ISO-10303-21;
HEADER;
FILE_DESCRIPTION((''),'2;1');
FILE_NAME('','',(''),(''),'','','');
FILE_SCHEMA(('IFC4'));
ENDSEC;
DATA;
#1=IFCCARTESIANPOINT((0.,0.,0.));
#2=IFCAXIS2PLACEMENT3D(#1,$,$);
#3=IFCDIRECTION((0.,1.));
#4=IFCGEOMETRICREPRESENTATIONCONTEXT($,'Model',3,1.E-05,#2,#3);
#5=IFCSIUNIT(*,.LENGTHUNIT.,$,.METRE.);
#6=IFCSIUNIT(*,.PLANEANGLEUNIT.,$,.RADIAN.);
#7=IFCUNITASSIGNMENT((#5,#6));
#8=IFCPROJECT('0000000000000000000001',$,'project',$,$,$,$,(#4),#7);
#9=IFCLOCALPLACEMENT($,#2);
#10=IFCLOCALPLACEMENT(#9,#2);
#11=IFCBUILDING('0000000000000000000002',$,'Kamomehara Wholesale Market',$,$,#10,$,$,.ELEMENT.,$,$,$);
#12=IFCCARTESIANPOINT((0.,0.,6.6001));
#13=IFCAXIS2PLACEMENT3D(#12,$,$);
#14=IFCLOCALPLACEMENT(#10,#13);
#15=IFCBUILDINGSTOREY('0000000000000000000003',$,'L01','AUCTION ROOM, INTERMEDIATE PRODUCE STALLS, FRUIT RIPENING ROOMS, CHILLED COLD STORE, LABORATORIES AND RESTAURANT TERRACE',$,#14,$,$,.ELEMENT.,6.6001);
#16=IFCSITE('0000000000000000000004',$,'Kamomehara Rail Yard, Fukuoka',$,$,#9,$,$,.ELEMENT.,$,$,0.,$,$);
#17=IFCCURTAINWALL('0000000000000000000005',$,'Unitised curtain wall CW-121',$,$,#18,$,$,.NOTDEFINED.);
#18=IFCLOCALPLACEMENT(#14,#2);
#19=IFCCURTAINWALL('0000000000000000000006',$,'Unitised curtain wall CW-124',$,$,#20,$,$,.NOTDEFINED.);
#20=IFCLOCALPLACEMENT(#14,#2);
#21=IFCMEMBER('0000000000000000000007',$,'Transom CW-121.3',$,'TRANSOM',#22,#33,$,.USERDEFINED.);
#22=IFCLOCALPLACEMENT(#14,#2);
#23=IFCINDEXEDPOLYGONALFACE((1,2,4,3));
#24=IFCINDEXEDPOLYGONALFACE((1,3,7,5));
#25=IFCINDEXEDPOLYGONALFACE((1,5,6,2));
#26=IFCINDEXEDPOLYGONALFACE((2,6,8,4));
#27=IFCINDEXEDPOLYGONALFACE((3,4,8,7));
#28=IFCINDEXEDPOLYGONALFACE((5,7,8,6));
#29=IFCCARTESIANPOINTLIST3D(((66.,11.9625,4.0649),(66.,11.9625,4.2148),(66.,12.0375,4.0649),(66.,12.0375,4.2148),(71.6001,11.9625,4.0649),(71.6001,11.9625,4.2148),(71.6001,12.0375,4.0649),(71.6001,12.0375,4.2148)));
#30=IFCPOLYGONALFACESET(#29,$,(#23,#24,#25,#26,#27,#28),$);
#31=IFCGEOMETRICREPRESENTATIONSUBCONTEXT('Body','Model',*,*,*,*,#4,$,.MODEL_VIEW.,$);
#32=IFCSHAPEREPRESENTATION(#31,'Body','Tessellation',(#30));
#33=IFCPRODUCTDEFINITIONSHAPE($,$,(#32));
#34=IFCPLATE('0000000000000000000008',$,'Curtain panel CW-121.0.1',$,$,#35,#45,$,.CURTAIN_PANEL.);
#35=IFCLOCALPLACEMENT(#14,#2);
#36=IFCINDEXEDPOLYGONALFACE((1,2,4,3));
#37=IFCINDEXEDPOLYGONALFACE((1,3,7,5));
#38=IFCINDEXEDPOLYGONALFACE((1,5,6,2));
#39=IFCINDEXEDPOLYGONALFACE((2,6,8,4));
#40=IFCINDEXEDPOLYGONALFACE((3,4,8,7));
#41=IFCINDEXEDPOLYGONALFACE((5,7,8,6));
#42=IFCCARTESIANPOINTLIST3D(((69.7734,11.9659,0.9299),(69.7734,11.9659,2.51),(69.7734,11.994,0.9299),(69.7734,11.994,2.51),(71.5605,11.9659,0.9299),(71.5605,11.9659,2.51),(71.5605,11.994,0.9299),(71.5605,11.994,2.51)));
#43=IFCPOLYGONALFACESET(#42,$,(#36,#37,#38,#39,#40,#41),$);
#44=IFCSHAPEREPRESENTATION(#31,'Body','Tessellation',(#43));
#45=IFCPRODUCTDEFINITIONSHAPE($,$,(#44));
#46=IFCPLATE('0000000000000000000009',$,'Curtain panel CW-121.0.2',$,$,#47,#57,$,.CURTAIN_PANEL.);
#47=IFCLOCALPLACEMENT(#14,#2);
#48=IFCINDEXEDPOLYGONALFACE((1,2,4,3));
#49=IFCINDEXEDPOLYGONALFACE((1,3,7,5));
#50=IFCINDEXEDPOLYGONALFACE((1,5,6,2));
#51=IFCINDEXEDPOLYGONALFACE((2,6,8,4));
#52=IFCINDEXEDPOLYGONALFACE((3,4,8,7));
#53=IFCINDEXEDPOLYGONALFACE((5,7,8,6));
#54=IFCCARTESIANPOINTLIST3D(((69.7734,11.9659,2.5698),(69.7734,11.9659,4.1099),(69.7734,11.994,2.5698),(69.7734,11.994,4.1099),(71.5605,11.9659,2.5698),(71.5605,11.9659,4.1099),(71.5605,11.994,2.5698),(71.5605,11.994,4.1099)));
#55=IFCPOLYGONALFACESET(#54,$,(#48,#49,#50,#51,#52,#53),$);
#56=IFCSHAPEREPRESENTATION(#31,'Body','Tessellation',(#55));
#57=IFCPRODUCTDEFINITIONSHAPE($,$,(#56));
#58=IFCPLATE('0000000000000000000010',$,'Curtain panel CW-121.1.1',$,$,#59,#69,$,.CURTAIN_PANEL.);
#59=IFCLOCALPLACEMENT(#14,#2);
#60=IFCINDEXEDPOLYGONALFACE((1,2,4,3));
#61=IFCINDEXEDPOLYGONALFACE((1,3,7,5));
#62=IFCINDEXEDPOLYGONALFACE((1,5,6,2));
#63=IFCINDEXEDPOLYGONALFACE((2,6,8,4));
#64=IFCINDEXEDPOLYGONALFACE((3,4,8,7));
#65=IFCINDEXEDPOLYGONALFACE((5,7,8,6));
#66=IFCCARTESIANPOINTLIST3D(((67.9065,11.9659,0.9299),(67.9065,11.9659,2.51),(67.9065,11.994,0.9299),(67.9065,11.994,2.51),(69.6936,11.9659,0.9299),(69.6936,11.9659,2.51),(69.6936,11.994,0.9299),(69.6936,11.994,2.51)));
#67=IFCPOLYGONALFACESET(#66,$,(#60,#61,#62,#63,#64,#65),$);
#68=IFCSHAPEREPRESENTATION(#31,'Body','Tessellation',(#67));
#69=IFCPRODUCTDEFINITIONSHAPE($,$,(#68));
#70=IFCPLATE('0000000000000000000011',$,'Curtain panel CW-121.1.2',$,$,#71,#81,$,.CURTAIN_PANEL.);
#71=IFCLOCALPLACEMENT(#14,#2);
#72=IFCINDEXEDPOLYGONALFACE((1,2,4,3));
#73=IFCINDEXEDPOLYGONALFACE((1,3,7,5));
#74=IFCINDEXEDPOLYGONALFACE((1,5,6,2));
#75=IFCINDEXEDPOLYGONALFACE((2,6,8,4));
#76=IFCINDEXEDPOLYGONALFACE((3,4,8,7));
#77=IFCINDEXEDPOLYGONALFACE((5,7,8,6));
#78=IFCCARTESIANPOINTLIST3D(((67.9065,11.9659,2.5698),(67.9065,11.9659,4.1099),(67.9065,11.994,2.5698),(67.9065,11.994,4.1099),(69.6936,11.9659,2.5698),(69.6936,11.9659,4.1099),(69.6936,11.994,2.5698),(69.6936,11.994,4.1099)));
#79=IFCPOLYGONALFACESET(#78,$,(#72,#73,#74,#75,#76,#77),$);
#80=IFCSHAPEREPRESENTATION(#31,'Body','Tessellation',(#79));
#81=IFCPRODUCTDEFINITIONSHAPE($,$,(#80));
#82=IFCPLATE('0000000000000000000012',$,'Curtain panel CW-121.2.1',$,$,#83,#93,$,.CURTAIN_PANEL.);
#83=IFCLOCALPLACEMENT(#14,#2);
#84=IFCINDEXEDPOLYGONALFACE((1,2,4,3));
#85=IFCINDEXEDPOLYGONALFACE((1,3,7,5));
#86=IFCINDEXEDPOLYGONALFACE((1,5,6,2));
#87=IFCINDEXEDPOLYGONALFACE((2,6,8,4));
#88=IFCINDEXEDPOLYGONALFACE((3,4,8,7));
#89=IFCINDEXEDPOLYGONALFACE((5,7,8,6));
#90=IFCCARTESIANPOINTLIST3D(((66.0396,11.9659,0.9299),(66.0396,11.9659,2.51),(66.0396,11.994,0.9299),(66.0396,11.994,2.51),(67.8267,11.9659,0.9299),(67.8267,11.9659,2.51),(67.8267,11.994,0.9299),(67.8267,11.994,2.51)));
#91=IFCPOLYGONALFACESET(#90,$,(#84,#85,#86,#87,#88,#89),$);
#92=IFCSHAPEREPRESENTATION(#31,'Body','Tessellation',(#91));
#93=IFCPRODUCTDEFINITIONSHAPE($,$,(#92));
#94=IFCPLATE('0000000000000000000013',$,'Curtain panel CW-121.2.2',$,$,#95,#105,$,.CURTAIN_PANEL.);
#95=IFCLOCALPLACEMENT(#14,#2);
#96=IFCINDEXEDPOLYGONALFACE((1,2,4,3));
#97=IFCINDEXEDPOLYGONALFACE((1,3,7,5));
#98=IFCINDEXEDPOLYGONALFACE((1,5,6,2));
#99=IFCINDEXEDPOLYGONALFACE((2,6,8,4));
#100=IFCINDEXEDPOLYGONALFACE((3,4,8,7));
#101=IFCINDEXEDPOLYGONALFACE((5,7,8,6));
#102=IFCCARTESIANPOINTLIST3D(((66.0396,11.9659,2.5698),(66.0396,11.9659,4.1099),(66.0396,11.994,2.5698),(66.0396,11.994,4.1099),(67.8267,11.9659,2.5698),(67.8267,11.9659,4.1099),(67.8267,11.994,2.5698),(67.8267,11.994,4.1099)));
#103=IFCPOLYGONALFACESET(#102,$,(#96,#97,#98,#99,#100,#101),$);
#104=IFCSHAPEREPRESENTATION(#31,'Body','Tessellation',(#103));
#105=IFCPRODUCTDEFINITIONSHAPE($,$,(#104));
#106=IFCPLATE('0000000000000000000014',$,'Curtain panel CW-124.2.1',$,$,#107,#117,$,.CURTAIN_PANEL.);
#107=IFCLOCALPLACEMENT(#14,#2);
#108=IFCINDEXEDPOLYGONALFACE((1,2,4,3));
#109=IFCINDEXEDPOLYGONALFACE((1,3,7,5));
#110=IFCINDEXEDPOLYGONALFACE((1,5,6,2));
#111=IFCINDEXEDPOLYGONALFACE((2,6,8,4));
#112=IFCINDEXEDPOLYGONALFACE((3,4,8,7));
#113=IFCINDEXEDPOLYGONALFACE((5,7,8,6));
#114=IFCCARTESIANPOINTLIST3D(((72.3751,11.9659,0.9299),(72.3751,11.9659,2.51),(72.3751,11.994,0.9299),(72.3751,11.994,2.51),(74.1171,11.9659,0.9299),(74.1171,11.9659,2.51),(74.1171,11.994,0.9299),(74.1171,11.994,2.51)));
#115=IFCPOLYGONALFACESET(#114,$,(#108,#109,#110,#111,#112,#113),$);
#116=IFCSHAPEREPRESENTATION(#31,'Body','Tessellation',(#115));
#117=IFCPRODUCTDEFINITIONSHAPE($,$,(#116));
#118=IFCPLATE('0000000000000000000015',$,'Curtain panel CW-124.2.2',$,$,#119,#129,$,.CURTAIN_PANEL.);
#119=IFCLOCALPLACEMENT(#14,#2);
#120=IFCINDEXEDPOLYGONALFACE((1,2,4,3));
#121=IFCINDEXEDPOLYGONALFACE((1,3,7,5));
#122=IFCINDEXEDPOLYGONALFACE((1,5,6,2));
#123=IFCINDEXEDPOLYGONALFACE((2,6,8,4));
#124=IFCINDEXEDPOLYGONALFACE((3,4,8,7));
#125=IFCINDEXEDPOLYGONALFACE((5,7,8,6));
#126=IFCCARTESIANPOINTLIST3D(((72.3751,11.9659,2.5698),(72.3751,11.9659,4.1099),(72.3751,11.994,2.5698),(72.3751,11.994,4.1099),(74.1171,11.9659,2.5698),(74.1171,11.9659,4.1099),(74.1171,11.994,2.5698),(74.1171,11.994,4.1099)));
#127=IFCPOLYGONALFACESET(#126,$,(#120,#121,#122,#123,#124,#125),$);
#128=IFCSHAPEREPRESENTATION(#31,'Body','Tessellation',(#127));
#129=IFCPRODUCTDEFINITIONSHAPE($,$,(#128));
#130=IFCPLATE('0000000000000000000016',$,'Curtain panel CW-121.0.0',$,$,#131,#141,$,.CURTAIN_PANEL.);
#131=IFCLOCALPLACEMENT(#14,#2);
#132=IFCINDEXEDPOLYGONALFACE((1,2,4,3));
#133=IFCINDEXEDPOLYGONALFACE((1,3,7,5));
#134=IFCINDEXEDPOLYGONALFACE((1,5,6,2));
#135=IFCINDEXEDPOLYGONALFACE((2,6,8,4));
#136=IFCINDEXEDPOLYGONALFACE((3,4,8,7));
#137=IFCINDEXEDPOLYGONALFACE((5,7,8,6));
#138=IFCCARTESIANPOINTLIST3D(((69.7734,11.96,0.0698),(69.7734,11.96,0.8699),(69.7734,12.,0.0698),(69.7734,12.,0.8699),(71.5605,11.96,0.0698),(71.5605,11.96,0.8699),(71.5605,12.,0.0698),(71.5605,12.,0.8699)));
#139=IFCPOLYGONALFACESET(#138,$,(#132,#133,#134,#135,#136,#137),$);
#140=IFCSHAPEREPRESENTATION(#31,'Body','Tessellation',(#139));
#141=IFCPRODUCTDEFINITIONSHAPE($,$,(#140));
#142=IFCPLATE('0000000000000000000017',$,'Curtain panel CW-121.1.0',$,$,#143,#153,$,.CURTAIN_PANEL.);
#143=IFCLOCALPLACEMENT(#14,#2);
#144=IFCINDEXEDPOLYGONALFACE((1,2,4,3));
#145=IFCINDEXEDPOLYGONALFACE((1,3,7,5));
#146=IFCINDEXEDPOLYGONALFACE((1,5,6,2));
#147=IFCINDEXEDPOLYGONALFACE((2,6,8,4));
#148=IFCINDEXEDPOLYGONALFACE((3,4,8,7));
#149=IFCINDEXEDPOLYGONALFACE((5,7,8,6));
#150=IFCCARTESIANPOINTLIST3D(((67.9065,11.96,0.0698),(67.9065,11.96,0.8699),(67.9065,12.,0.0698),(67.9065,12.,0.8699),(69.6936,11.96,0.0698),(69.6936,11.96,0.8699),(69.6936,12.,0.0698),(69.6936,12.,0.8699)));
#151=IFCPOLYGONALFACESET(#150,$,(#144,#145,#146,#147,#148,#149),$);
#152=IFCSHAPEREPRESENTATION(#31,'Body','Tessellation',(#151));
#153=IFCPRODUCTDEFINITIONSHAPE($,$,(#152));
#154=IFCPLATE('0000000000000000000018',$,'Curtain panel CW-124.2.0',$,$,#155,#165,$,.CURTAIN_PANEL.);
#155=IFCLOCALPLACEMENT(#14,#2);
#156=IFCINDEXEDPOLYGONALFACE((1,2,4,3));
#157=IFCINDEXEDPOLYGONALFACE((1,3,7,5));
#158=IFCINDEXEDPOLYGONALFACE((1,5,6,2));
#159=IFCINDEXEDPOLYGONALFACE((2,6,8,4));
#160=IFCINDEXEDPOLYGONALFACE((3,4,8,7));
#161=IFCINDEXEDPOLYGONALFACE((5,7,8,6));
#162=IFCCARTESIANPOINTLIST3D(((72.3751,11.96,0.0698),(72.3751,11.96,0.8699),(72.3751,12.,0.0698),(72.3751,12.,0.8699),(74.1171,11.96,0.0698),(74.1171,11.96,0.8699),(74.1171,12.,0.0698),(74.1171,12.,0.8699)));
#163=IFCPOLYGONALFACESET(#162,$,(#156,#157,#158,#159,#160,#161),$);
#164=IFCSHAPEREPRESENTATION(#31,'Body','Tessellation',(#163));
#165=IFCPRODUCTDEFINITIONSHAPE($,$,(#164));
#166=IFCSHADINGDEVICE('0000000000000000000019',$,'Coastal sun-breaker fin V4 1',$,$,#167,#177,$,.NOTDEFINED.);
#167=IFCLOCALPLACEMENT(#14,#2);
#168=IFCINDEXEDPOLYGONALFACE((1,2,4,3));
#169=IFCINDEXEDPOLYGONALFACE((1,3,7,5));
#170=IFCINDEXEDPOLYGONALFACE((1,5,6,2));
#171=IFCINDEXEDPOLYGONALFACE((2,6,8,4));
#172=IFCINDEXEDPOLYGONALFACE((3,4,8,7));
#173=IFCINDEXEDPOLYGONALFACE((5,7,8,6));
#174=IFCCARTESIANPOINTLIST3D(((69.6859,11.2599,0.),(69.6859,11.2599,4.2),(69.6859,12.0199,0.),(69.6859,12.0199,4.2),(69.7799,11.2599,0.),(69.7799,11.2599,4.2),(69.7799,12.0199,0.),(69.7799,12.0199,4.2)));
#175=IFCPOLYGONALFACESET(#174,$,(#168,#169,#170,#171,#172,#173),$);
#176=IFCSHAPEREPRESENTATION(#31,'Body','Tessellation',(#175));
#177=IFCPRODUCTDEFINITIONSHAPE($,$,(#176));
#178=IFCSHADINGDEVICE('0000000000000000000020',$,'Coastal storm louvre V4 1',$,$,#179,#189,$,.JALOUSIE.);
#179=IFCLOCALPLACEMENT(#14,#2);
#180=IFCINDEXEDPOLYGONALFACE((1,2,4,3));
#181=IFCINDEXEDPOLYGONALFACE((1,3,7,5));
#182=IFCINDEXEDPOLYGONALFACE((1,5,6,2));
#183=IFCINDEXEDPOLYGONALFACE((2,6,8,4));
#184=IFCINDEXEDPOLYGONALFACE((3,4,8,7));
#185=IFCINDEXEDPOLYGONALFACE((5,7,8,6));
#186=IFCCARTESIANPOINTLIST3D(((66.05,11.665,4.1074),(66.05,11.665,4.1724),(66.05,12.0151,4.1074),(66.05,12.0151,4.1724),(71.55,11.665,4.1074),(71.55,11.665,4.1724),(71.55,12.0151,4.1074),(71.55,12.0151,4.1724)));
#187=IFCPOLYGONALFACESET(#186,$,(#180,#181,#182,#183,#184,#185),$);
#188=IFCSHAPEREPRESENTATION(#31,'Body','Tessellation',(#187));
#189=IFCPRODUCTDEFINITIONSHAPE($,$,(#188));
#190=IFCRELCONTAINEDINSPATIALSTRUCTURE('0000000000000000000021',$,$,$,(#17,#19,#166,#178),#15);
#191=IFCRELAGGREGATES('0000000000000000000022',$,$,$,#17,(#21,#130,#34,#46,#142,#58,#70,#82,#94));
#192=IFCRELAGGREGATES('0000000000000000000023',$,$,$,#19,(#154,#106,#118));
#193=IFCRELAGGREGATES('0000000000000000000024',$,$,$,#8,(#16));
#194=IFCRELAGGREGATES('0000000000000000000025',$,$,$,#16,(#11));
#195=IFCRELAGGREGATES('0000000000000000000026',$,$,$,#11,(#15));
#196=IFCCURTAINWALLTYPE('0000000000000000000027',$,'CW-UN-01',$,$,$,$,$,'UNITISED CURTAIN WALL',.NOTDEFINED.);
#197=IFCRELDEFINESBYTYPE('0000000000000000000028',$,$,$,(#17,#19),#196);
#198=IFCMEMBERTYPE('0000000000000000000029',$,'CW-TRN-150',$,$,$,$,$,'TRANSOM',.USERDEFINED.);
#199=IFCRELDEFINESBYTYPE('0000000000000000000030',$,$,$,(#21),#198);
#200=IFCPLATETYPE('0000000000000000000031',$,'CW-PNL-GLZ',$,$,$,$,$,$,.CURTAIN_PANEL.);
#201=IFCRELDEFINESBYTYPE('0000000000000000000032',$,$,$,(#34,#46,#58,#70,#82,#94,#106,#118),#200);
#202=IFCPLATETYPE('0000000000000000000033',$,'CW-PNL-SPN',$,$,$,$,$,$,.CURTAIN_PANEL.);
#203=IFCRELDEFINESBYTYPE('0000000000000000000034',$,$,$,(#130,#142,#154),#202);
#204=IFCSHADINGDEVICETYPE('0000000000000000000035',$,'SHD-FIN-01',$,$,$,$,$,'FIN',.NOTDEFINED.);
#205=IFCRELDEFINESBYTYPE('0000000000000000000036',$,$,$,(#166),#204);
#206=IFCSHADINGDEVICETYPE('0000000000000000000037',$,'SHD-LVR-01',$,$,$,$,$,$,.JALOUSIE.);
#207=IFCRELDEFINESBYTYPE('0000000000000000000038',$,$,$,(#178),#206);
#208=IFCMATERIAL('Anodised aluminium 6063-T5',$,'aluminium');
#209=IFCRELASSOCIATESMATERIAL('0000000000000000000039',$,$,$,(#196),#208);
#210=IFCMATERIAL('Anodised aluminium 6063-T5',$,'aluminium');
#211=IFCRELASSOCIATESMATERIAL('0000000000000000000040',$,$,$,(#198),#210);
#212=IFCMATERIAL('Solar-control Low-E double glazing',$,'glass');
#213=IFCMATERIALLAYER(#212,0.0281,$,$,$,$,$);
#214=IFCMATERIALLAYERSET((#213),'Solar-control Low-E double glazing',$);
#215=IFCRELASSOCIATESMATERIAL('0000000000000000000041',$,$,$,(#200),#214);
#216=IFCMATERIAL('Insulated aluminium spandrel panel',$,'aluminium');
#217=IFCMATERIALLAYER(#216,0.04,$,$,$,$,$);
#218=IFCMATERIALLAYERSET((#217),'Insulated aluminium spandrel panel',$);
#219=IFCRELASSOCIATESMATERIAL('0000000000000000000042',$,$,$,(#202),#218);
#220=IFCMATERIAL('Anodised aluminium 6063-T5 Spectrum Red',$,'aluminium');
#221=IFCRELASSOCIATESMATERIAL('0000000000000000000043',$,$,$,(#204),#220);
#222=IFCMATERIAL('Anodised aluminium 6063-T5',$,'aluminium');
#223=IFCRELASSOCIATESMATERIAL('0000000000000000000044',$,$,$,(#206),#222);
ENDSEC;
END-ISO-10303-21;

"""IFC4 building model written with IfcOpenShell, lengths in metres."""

from ifc_helpers import new_model, si_unit, direction, frame, origin, origin_2d, place, context, subcontext, project, spatial, rectangle, extrude, material, layer, layer_set, material_profile, profile_set, type_object, element, aggregate, save


model = new_model("IFC4")

# Units and contexts
model_context = context("Model", 3, precision=1e-05, world=origin(), true_north=direction((0.0, 1.0)))
body_context = subcontext(model_context, "Body", "Model", "MODEL_VIEW")
ifc_project = project(units=[si_unit("LENGTHUNIT", "METRE"), si_unit("PLANEANGLEUNIT", "RADIAN")], contexts=[model_context])

# Site, building, storey
site_placement = place(None, origin())
site = spatial("IfcSite", under=ifc_project, at=site_placement, Name="Kamomehara Rail Yard, Fukuoka", CompositionType="ELEMENT", RefElevation=0.0)
building_placement = place(site_placement, origin())
building = spatial("IfcBuilding", under=site, at=building_placement, Name="Kamomehara Wholesale Market", CompositionType="ELEMENT")
storey_placement = place(building_placement, frame((0.0, 0.0, 6.6001)))
storey = spatial("IfcBuildingStorey", under=building, at=storey_placement, Name="L01", Description="AUCTION ROOM, INTERMEDIATE PRODUCE STALLS, FRUIT RIPENING ROOMS, CHILLED COLD STORE, LABORATORIES AND RESTAURANT TERRACE", CompositionType="ELEMENT", Elevation=6.6001)

# Curtain walls
ifc_material_1 = material(Name="Anodised aluminium 6063-T5", Category="aluminium")
curtain_wall_type = type_object("IfcCurtainWallType", Name="CW-UN-01", ElementType="UNITISED CURTAIN WALL", PredefinedType="NOTDEFINED", material=ifc_material_1)
curtain_wall_1_placement = place(storey_placement, origin())
curtain_wall_1 = element("IfcCurtainWall", 1, at=curtain_wall_1_placement, inside=storey, type_object=curtain_wall_type, Name="Unitised curtain wall CW-121", PredefinedType="NOTDEFINED")
curtain_wall_2_placement = place(storey_placement, origin())
curtain_wall_2 = element("IfcCurtainWall", 2, at=curtain_wall_2_placement, inside=storey, type_object=curtain_wall_type, Name="Unitised curtain wall CW-124", PredefinedType="NOTDEFINED")

# Member
ifc_material_2 = material(Name="Anodised aluminium 6063-T5", Category="aluminium")
ifc_material_profile_1 = material_profile(ifc_material_2, rectangle(XDim=0.075, YDim=0.1499, at=origin_2d()), Name="ALU-TRN-75x150")
ifc_profile_set_1 = profile_set([ifc_material_profile_1], Name="Anodised aluminium 6063-T5")
member_type_1 = type_object("IfcMemberType", Name="CW-TRN-150", ElementType="TRANSOM", PredefinedType="USERDEFINED", material=ifc_profile_set_1)
member_1_placement = place(storey_placement, frame((71.6001, 12.0, 4.1399), z_axis=(-1.0, 0.0, 0.0), x_axis=(0.0, -1.0, 0.0)))
member_1 = element("IfcMember", 3, at=member_1_placement, type_object=member_type_1, Name="Transom CW-121.3", ObjectType="TRANSOM", PredefinedType="USERDEFINED", context=body_context, shape_type="SweptSolid", body=[
    extrude(rectangle(XDim=0.075, YDim=0.1499, at=origin_2d()), origin(), (0.0, 0.0, 1.0), 5.6001),
])

# Plates
ifc_material_3 = material(Name="Solar-control Low-E double glazing", Category="glass")
ifc_layer_1 = layer(ifc_material_3, 0.0281)
ifc_layer_set_1 = layer_set([ifc_layer_1], Name="Solar-control Low-E double glazing")
plate_type_1 = type_object("IfcPlateType", Name="CW-PNL-GLZ", PredefinedType="CURTAIN_PANEL", material=ifc_layer_set_1)
plate_1_placement = place(storey_placement, frame((70.667, 11.98, 0.9299), z_axis=(0.0, 0.0, 1.0), x_axis=(-1.0, 0.0, 0.0)))
plate_1 = element("IfcPlate", 4, at=plate_1_placement, type_object=plate_type_1, Name="Curtain panel CW-121.0.1", PredefinedType="CURTAIN_PANEL", context=body_context, shape_type="SweptSolid", body=[
    extrude(rectangle(XDim=1.7871, YDim=0.0281, at=origin_2d()), origin(), (0.0, 0.0, 1.0), 1.5801),
])
plate_2_placement = place(storey_placement, frame((70.667, 11.98, 2.5698), z_axis=(0.0, 0.0, 1.0), x_axis=(-1.0, 0.0, 0.0)))
plate_2 = element("IfcPlate", 5, at=plate_2_placement, type_object=plate_type_1, Name="Curtain panel CW-121.0.2", PredefinedType="CURTAIN_PANEL", context=body_context, shape_type="SweptSolid", body=[
    extrude(rectangle(XDim=1.7871, YDim=0.0281, at=origin_2d()), origin(), (0.0, 0.0, 1.0), 1.54),
])
plate_3_placement = place(storey_placement, frame((68.8, 11.98, 0.9299), z_axis=(0.0, 0.0, 1.0), x_axis=(-1.0, 0.0, 0.0)))
plate_3 = element("IfcPlate", 6, at=plate_3_placement, type_object=plate_type_1, Name="Curtain panel CW-121.1.1", PredefinedType="CURTAIN_PANEL", context=body_context, shape_type="SweptSolid", body=[
    extrude(rectangle(XDim=1.7871, YDim=0.0281, at=origin_2d()), origin(), (0.0, 0.0, 1.0), 1.5801),
])
plate_4_placement = place(storey_placement, frame((68.8, 11.98, 2.5698), z_axis=(0.0, 0.0, 1.0), x_axis=(-1.0, 0.0, 0.0)))
plate_4 = element("IfcPlate", 7, at=plate_4_placement, type_object=plate_type_1, Name="Curtain panel CW-121.1.2", PredefinedType="CURTAIN_PANEL", context=body_context, shape_type="SweptSolid", body=[
    extrude(rectangle(XDim=1.7871, YDim=0.0281, at=origin_2d()), origin(), (0.0, 0.0, 1.0), 1.54),
])
plate_5_placement = place(storey_placement, frame((66.9331, 11.98, 0.9299), z_axis=(0.0, 0.0, 1.0), x_axis=(-1.0, 0.0, 0.0)))
plate_5 = element("IfcPlate", 8, at=plate_5_placement, type_object=plate_type_1, Name="Curtain panel CW-121.2.1", PredefinedType="CURTAIN_PANEL", context=body_context, shape_type="SweptSolid", body=[
    extrude(rectangle(XDim=1.7871, YDim=0.0281, at=origin_2d()), origin(), (0.0, 0.0, 1.0), 1.5801),
])
plate_6_placement = place(storey_placement, frame((66.9331, 11.98, 2.5698), z_axis=(0.0, 0.0, 1.0), x_axis=(-1.0, 0.0, 0.0)))
plate_6 = element("IfcPlate", 9, at=plate_6_placement, type_object=plate_type_1, Name="Curtain panel CW-121.2.2", PredefinedType="CURTAIN_PANEL", context=body_context, shape_type="SweptSolid", body=[
    extrude(rectangle(XDim=1.7871, YDim=0.0281, at=origin_2d()), origin(), (0.0, 0.0, 1.0), 1.54),
])
plate_7_placement = place(storey_placement, frame((73.2461, 11.98, 0.9299), z_axis=(0.0, 0.0, 1.0), x_axis=(-1.0, 0.0, 0.0)))
plate_7 = element("IfcPlate", 10, at=plate_7_placement, type_object=plate_type_1, Name="Curtain panel CW-124.2.1", PredefinedType="CURTAIN_PANEL", context=body_context, shape_type="SweptSolid", body=[
    extrude(rectangle(XDim=1.7419, YDim=0.0281, at=origin_2d()), origin(), (0.0, 0.0, 1.0), 1.5801),
])
plate_8_placement = place(storey_placement, frame((73.2461, 11.98, 2.5698), z_axis=(0.0, 0.0, 1.0), x_axis=(-1.0, 0.0, 0.0)))
plate_8 = element("IfcPlate", 11, at=plate_8_placement, type_object=plate_type_1, Name="Curtain panel CW-124.2.2", PredefinedType="CURTAIN_PANEL", context=body_context, shape_type="SweptSolid", body=[
    extrude(rectangle(XDim=1.7419, YDim=0.0281, at=origin_2d()), origin(), (0.0, 0.0, 1.0), 1.54),
])
ifc_material_4 = material(Name="Insulated aluminium spandrel panel", Category="aluminium")
ifc_layer_2 = layer(ifc_material_4, 0.04)
ifc_layer_set_2 = layer_set([ifc_layer_2], Name="Insulated aluminium spandrel panel")
plate_type_2 = type_object("IfcPlateType", Name="CW-PNL-SPN", PredefinedType="CURTAIN_PANEL", material=ifc_layer_set_2)
plate_9_placement = place(storey_placement, frame((70.667, 11.98, 0.0698), z_axis=(0.0, 0.0, 1.0), x_axis=(-1.0, 0.0, 0.0)))
plate_9 = element("IfcPlate", 12, at=plate_9_placement, type_object=plate_type_2, Name="Curtain panel CW-121.0.0", PredefinedType="CURTAIN_PANEL", context=body_context, shape_type="SweptSolid", body=[
    extrude(rectangle(XDim=1.7871, YDim=0.04, at=origin_2d()), origin(), (0.0, 0.0, 1.0), 0.8),
])
plate_10_placement = place(storey_placement, frame((68.8, 11.98, 0.0698), z_axis=(0.0, 0.0, 1.0), x_axis=(-1.0, 0.0, 0.0)))
plate_10 = element("IfcPlate", 13, at=plate_10_placement, type_object=plate_type_2, Name="Curtain panel CW-121.1.0", PredefinedType="CURTAIN_PANEL", context=body_context, shape_type="SweptSolid", body=[
    extrude(rectangle(XDim=1.7871, YDim=0.04, at=origin_2d()), origin(), (0.0, 0.0, 1.0), 0.8),
])
aggregate(curtain_wall_1, [member_1, plate_9, plate_1, plate_2, plate_10, plate_3, plate_4, plate_5, plate_6])
plate_11_placement = place(storey_placement, frame((73.2461, 11.98, 0.0698), z_axis=(0.0, 0.0, 1.0), x_axis=(-1.0, 0.0, 0.0)))
plate_11 = element("IfcPlate", 14, at=plate_11_placement, type_object=plate_type_2, Name="Curtain panel CW-124.2.0", PredefinedType="CURTAIN_PANEL", context=body_context, shape_type="SweptSolid", body=[
    extrude(rectangle(XDim=1.7419, YDim=0.04, at=origin_2d()), origin(), (0.0, 0.0, 1.0), 0.8),
])
aggregate(curtain_wall_2, [plate_11, plate_7, plate_8])

# Shading devices
ifc_material_5 = material(Name="Anodised aluminium 6063-T5 Spectrum Red", Category="aluminium")
shading_device_type_1 = type_object("IfcShadingDeviceType", Name="SHD-FIN-01", ElementType="FIN", PredefinedType="NOTDEFINED", material=ifc_material_5)
shading_device_1_placement = place(storey_placement, frame((69.7329, 11.6399, 0.0), z_axis=(0.0, 0.0, 1.0), x_axis=(1.0, 0.0, 0.0)))
element("IfcShadingDevice", 15, at=shading_device_1_placement, inside=storey, type_object=shading_device_type_1, Name="Coastal sun-breaker fin V4 1", PredefinedType="NOTDEFINED", context=body_context, shape_type="SweptSolid", body=[
    extrude(rectangle(XDim=0.094, YDim=0.76, at=origin_2d()), origin(), (0.0, 0.0, 1.0), 4.2),
])
ifc_material_6 = material(Name="Anodised aluminium 6063-T5", Category="aluminium")
shading_device_type_2 = type_object("IfcShadingDeviceType", Name="SHD-LVR-01", PredefinedType="JALOUSIE", material=ifc_material_6)
shading_device_2_placement = place(storey_placement, frame((68.8, 11.8401, 4.1074), z_axis=(0.0, 0.0, 1.0), x_axis=(1.0, 0.0, 0.0)))
element("IfcShadingDevice", 16, at=shading_device_2_placement, inside=storey, type_object=shading_device_type_2, Name="Coastal storm louvre V4 1", PredefinedType="JALOUSIE", context=body_context, shape_type="SweptSolid", body=[
    extrude(rectangle(XDim=5.5, YDim=0.3501, at=origin_2d()), origin(), (0.0, 0.0, 1.0), 0.0649),
])

save(model, "model.ifc")
